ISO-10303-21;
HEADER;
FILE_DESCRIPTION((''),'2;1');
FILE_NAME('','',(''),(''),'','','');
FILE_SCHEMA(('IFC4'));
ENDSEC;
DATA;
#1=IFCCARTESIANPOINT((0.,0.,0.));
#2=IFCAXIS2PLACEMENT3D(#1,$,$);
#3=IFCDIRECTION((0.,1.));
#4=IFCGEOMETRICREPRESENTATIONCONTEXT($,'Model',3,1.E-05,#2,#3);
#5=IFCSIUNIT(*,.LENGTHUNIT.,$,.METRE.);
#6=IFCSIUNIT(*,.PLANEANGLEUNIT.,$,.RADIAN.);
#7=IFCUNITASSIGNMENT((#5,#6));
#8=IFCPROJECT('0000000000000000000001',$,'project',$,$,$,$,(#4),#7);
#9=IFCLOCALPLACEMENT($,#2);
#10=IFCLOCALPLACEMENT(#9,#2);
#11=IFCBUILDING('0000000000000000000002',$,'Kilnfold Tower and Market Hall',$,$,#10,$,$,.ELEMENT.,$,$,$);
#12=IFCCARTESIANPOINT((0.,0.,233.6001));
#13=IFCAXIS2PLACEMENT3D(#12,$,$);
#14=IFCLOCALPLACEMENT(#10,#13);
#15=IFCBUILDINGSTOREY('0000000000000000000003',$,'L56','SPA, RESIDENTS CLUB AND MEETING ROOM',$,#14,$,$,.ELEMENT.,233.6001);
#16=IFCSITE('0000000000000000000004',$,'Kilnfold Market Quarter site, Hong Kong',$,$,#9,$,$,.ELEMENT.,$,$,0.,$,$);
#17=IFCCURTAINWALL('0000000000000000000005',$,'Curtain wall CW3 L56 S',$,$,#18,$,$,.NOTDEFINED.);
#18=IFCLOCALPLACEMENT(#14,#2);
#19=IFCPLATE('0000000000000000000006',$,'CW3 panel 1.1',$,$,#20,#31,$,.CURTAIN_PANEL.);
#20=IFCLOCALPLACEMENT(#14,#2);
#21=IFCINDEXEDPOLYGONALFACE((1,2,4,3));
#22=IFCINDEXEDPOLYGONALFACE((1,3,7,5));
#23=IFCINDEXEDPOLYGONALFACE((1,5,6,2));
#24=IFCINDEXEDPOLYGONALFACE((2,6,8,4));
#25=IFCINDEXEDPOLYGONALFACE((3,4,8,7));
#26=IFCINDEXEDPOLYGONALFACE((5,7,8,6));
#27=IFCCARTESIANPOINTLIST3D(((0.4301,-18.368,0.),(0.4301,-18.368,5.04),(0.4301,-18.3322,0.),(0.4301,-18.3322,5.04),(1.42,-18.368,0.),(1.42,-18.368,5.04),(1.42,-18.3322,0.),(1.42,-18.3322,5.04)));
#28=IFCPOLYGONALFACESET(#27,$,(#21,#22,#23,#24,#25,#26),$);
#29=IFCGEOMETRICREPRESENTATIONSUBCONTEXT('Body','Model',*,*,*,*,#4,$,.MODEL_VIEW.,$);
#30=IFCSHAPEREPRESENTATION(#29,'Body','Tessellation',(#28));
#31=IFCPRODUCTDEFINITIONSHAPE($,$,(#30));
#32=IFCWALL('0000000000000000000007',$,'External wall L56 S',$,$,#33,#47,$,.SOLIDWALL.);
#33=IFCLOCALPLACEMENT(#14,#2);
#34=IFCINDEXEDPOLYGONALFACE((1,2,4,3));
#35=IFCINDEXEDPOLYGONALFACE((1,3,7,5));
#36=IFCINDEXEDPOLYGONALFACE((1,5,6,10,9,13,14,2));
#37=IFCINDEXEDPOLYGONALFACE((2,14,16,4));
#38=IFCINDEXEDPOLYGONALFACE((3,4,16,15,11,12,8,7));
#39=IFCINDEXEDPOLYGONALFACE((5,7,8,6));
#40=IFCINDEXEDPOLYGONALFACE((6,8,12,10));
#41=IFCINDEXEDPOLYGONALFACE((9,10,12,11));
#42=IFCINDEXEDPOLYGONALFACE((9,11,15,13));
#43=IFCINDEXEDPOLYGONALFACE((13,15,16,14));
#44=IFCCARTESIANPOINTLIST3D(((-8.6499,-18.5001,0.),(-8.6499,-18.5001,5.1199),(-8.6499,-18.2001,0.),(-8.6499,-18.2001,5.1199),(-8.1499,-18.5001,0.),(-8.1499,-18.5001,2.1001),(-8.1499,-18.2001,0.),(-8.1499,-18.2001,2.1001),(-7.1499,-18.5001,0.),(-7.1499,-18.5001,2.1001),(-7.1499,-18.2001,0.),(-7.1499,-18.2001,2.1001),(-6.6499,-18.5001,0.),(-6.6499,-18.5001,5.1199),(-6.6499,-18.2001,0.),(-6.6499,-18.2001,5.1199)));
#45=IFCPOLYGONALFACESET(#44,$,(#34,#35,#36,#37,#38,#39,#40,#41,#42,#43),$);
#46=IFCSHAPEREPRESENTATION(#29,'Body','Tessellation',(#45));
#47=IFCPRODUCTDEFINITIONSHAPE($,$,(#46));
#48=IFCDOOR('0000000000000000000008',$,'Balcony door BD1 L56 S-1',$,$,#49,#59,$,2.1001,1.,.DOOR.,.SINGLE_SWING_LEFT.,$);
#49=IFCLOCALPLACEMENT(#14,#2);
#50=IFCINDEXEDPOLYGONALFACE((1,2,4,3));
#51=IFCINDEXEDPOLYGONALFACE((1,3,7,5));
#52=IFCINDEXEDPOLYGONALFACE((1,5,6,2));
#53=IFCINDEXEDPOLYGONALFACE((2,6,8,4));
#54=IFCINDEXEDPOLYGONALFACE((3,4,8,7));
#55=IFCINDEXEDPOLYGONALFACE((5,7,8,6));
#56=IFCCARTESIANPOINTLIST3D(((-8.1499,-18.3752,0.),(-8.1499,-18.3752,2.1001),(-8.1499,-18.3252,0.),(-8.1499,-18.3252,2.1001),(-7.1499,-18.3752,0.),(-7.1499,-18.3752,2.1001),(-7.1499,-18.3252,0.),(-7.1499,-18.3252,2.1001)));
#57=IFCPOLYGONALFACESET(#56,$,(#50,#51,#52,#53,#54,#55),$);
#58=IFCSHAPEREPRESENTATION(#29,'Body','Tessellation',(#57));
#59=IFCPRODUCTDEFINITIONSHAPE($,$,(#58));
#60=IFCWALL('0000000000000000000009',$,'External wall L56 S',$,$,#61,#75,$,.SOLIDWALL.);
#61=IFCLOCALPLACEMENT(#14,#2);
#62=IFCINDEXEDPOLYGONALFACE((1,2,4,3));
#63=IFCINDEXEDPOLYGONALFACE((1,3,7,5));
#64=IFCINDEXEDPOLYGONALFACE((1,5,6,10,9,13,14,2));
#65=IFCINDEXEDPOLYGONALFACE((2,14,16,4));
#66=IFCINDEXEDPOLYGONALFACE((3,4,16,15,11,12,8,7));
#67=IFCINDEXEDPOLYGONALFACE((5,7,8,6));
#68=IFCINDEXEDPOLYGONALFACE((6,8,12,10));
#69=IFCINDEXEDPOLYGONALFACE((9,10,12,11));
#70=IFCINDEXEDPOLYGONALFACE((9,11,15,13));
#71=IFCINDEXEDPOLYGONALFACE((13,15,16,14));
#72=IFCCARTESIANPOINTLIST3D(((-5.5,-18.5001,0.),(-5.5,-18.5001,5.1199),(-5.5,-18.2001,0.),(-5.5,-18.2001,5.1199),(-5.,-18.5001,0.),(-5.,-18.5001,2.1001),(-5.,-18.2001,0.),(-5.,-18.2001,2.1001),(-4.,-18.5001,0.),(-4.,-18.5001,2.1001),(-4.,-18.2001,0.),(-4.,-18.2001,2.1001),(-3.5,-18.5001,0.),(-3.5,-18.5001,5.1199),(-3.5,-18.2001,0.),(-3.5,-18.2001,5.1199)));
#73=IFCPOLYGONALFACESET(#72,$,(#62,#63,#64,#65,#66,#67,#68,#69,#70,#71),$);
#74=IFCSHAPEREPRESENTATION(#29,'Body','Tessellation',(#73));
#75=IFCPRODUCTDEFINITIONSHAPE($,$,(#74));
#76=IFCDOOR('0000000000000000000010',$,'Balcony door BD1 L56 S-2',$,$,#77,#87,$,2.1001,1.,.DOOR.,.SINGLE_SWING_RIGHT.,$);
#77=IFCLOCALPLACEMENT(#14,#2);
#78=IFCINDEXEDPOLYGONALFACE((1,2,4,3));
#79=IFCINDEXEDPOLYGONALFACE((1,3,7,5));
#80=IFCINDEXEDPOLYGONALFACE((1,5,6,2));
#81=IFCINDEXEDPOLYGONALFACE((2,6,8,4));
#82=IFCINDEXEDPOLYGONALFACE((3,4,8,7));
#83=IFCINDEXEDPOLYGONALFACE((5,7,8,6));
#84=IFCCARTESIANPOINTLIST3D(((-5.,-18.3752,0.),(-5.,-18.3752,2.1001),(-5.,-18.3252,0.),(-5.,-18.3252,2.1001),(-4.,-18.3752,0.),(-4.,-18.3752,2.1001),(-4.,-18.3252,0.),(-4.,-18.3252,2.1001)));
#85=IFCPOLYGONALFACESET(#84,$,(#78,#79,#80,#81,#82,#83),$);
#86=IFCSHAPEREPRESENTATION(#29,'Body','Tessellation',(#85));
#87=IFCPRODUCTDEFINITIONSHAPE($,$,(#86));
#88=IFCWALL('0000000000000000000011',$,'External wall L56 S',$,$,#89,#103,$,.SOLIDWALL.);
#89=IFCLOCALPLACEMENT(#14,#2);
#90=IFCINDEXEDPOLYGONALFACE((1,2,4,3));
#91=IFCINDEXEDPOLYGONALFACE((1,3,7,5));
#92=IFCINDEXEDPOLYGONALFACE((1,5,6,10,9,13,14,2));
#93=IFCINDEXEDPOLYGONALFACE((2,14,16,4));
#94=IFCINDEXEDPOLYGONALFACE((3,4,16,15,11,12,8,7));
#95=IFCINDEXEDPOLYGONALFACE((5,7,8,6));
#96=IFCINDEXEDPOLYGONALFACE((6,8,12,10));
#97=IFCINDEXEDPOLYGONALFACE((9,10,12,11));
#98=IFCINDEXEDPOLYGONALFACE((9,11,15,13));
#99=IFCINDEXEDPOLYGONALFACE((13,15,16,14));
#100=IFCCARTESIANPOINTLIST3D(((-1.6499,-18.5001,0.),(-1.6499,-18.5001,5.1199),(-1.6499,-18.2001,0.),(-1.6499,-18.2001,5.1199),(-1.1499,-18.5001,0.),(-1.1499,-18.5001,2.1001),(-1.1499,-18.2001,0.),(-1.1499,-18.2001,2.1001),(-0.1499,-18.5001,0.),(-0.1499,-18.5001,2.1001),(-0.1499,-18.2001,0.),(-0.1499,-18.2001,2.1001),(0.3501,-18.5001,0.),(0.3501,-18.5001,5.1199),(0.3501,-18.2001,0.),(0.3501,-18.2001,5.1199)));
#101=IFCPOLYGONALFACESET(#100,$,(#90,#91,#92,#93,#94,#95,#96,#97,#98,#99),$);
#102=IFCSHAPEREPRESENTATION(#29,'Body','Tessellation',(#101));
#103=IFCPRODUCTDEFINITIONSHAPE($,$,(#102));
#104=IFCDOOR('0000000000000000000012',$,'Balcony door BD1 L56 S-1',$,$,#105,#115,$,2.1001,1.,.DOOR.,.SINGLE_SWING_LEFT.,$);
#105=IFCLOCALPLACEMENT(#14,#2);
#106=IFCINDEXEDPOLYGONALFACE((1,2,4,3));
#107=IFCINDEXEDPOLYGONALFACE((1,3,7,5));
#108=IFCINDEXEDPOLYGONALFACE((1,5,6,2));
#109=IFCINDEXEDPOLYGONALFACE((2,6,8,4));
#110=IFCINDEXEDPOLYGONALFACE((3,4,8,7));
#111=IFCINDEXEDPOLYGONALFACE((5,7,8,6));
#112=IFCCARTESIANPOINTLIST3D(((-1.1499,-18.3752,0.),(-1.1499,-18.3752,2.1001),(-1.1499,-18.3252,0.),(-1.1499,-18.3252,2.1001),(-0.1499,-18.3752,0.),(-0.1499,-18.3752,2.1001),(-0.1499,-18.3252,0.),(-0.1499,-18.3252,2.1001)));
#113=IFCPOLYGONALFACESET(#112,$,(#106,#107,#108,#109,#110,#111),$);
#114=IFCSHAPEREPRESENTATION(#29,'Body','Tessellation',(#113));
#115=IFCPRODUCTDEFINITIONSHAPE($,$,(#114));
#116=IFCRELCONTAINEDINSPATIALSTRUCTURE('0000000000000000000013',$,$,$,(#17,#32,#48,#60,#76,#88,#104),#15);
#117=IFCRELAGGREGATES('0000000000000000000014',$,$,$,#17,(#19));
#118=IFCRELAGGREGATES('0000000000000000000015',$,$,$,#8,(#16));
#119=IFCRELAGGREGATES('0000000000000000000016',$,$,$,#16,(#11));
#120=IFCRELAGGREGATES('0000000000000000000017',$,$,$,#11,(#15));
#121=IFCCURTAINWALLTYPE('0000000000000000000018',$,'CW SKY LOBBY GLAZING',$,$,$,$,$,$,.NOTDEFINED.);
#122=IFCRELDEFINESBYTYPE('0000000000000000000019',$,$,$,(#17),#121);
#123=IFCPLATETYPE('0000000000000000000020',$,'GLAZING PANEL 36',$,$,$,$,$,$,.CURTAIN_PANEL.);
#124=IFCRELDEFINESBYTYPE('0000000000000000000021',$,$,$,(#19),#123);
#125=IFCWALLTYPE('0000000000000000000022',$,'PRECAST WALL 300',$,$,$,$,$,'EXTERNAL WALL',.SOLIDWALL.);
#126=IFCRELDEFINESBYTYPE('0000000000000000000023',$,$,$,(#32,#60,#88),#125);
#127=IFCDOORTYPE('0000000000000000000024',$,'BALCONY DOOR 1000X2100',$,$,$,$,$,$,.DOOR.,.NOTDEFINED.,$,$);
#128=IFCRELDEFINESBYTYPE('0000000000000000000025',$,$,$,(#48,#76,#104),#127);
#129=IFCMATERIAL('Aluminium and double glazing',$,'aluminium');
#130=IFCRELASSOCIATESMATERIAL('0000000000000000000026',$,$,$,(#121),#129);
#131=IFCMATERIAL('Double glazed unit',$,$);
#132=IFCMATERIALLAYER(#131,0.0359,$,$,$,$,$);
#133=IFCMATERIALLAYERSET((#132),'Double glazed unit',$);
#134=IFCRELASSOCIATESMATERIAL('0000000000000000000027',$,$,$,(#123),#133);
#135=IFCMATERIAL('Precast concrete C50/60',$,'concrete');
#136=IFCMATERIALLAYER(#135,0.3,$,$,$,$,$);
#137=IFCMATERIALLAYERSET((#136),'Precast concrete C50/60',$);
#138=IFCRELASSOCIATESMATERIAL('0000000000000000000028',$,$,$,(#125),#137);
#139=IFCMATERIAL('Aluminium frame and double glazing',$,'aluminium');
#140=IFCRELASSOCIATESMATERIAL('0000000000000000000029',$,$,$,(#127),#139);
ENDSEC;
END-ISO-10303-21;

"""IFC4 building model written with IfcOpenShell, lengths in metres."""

from ifc_helpers import new_model, si_unit, direction, frame, frame_2d, origin, origin_2d, place, context, subcontext, project, spatial, rectangle, extrude, source, transform, mapped, material, layer, layer_set, type_object, element, fill, aggregate, save


model = new_model("IFC4")

# Units and contexts
model_context = context("Model", 3, precision=1e-05, world=origin(), true_north=direction((0.0, 1.0)))
body_context = subcontext(model_context, "Body", "Model", "MODEL_VIEW")
ifc_project = project(units=[si_unit("LENGTHUNIT", "METRE"), si_unit("PLANEANGLEUNIT", "RADIAN")], contexts=[model_context])

# Site, building, storey
site_placement = place(None, origin())
site = spatial("IfcSite", under=ifc_project, at=site_placement, Name="Kilnfold Market Quarter site, Hong Kong", CompositionType="ELEMENT", RefElevation=0.0)
building_placement = place(site_placement, origin())
building = spatial("IfcBuilding", under=site, at=building_placement, Name="Kilnfold Tower and Market Hall", CompositionType="ELEMENT")
storey_placement = place(building_placement, frame((0.0, 0.0, 233.6001)))
storey = spatial("IfcBuildingStorey", under=building, at=storey_placement, Name="L56", Description="SPA, RESIDENTS CLUB AND MEETING ROOM", CompositionType="ELEMENT", Elevation=233.6001)

# Shared definitions
ifc_material_1 = material(Name="Aluminium and double glazing", Category="aluminium")
curtain_wall_type = type_object("IfcCurtainWallType", Name="CW SKY LOBBY GLAZING", PredefinedType="NOTDEFINED", material=ifc_material_1)

# Curtain wall
curtain_wall_1_placement = place(storey_placement, origin())
curtain_wall_1 = element("IfcCurtainWall", 1, at=curtain_wall_1_placement, inside=storey, type_object=curtain_wall_type, Name="Curtain wall CW3 L56 S", PredefinedType="NOTDEFINED")

# Plate
ifc_material_2 = material(Name="Double glazed unit")
ifc_layer_1 = layer(ifc_material_2, 0.0359)
ifc_layer_set_1 = layer_set([ifc_layer_1], Name="Double glazed unit")
plate_type = type_object("IfcPlateType", Name="GLAZING PANEL 36", PredefinedType="CURTAIN_PANEL", material=ifc_layer_set_1)
shared_shape_1 = source(origin(), body_context, "Body", "SweptSolid", [
    extrude(rectangle(XDim=0.99, YDim=0.0359, at=origin_2d()), origin(), (0.0, 0.0, 1.0), 5.04),
])
plate_1_placement = place(storey_placement, frame((0.925, -18.3501, 0.0), z_axis=(0.0, 0.0, 1.0), x_axis=(1.0, 0.0, 0.0)))
plate_1 = element("IfcPlate", 2, at=plate_1_placement, type_object=plate_type, Name="CW3 panel 1.1", PredefinedType="CURTAIN_PANEL", context=body_context, shape_type="MappedRepresentation", body=[
    mapped(shared_shape_1, transform((0.0, 0.0, 0.0))),
])
aggregate(curtain_wall_1, [plate_1])

# Walls, openings, doors
ifc_material_3 = material(Name="Precast concrete C50/60", Category="concrete")
ifc_layer_2 = layer(ifc_material_3, 0.3)
ifc_layer_set_2 = layer_set([ifc_layer_2], Name="Precast concrete C50/60")
wall_type = type_object("IfcWallType", Name="PRECAST WALL 300", ElementType="EXTERNAL WALL", PredefinedType="SOLIDWALL", material=ifc_layer_set_2)
shared_shape_2 = source(origin(), body_context, "Body", "SweptSolid", [
    extrude(rectangle(XDim=2.0, YDim=0.3, at=frame_2d((1.0, 0.0))), origin(), (0.0, 0.0, 1.0), 5.1199),
])
wall_1_placement = place(storey_placement, frame((-8.6499, -18.3501, 0.0), z_axis=(0.0, 0.0, 1.0), x_axis=(1.0, 0.0, 0.0)))
wall_1 = element("IfcWall", 3, at=wall_1_placement, inside=storey, type_object=wall_type, Name="External wall L56 S", PredefinedType="SOLIDWALL", context=body_context, shape_type="MappedRepresentation", body=[
    mapped(shared_shape_2, transform((0.0, 0.0, 0.0))),
])
opening_1_placement = place(wall_1_placement, frame((0.5, 0.0, 0.0)))
opening_1 = element("IfcOpeningElement", 4, at=opening_1_placement, cuts=wall_1, PredefinedType="OPENING", context=body_context, shape_type="SweptSolid", body=[
    extrude(rectangle(XDim=1.0, YDim=2.1001, at=frame_2d((0.5, 1.05))), frame((0.0, 0.1602, 0.0), z_axis=(0.0, -1.0, 0.0), x_axis=(1.0, 0.0, 0.0)), (0.0, 0.0, 1.0), 0.3201),
])
ifc_material_4 = material(Name="Aluminium frame and double glazing", Category="aluminium")
door_type = type_object("IfcDoorType", Name="BALCONY DOOR 1000X2100", OperationType="NOTDEFINED", PredefinedType="DOOR", material=ifc_material_4)
door_1_placement = place(opening_1_placement, origin())
door_1 = element("IfcDoor", 5, at=door_1_placement, inside=storey, type_object=door_type, Name="Balcony door BD1 L56 S-1", OperationType="SINGLE_SWING_LEFT", OverallHeight=2.1001, OverallWidth=1.0, PredefinedType="DOOR", context=body_context, shape_type="SweptSolid", body=[
    extrude(rectangle(XDim=1.0, YDim=2.1001, at=frame_2d((0.5, 1.05))), frame((0.0, 0.0249, 0.0), z_axis=(0.0, -1.0, 0.0), x_axis=(1.0, 0.0, 0.0)), (0.0, 0.0, 1.0), 0.05),
])
fill(opening_1, door_1)
wall_2_placement = place(storey_placement, frame((-5.5, -18.3501, 0.0), z_axis=(0.0, 0.0, 1.0), x_axis=(1.0, 0.0, 0.0)))
wall_2 = element("IfcWall", 6, at=wall_2_placement, inside=storey, type_object=wall_type, Name="External wall L56 S", PredefinedType="SOLIDWALL", context=body_context, shape_type="MappedRepresentation", body=[
    mapped(shared_shape_2, transform((0.0, 0.0, 0.0))),
])
opening_2_placement = place(wall_2_placement, frame((0.5, 0.0, 0.0)))
opening_2 = element("IfcOpeningElement", 7, at=opening_2_placement, cuts=wall_2, PredefinedType="OPENING", context=body_context, shape_type="SweptSolid", body=[
    extrude(rectangle(XDim=1.0, YDim=2.1001, at=frame_2d((0.5, 1.05))), frame((0.0, 0.1602, 0.0), z_axis=(0.0, -1.0, 0.0), x_axis=(1.0, 0.0, 0.0)), (0.0, 0.0, 1.0), 0.3201),
])
door_2_placement = place(opening_2_placement, origin())
door_2 = element("IfcDoor", 8, at=door_2_placement, inside=storey, type_object=door_type, Name="Balcony door BD1 L56 S-2", OperationType="SINGLE_SWING_RIGHT", OverallHeight=2.1001, OverallWidth=1.0, PredefinedType="DOOR", context=body_context, shape_type="SweptSolid", body=[
    extrude(rectangle(XDim=1.0, YDim=2.1001, at=frame_2d((0.5, 1.05))), frame((0.0, 0.0249, 0.0), z_axis=(0.0, -1.0, 0.0), x_axis=(1.0, 0.0, 0.0)), (0.0, 0.0, 1.0), 0.05),
])
fill(opening_2, door_2)
wall_3_placement = place(storey_placement, frame((-1.6499, -18.3501, 0.0), z_axis=(0.0, 0.0, 1.0), x_axis=(1.0, 0.0, 0.0)))
wall_3 = element("IfcWall", 9, at=wall_3_placement, inside=storey, type_object=wall_type, Name="External wall L56 S", PredefinedType="SOLIDWALL", context=body_context, shape_type="MappedRepresentation", body=[
    mapped(shared_shape_2, transform((0.0, 0.0, 0.0))),
])
opening_3_placement = place(wall_3_placement, frame((0.5, 0.0, 0.0)))
opening_3 = element("IfcOpeningElement", 10, at=opening_3_placement, cuts=wall_3, PredefinedType="OPENING", context=body_context, shape_type="SweptSolid", body=[
    extrude(rectangle(XDim=1.0, YDim=2.1001, at=frame_2d((0.5, 1.05))), frame((0.0, 0.1602, 0.0), z_axis=(0.0, -1.0, 0.0), x_axis=(1.0, 0.0, 0.0)), (0.0, 0.0, 1.0), 0.3201),
])
door_3_placement = place(opening_3_placement, origin())
door_3 = element("IfcDoor", 11, at=door_3_placement, inside=storey, type_object=door_type, Name="Balcony door BD1 L56 S-1", OperationType="SINGLE_SWING_LEFT", OverallHeight=2.1001, OverallWidth=1.0, PredefinedType="DOOR", context=body_context, shape_type="SweptSolid", body=[
    extrude(rectangle(XDim=1.0, YDim=2.1001, at=frame_2d((0.5, 1.05))), frame((0.0, 0.0249, 0.0), z_axis=(0.0, -1.0, 0.0), x_axis=(1.0, 0.0, 0.0)), (0.0, 0.0, 1.0), 0.05),
])
fill(opening_3, door_3)

save(model, "model.ifc")
